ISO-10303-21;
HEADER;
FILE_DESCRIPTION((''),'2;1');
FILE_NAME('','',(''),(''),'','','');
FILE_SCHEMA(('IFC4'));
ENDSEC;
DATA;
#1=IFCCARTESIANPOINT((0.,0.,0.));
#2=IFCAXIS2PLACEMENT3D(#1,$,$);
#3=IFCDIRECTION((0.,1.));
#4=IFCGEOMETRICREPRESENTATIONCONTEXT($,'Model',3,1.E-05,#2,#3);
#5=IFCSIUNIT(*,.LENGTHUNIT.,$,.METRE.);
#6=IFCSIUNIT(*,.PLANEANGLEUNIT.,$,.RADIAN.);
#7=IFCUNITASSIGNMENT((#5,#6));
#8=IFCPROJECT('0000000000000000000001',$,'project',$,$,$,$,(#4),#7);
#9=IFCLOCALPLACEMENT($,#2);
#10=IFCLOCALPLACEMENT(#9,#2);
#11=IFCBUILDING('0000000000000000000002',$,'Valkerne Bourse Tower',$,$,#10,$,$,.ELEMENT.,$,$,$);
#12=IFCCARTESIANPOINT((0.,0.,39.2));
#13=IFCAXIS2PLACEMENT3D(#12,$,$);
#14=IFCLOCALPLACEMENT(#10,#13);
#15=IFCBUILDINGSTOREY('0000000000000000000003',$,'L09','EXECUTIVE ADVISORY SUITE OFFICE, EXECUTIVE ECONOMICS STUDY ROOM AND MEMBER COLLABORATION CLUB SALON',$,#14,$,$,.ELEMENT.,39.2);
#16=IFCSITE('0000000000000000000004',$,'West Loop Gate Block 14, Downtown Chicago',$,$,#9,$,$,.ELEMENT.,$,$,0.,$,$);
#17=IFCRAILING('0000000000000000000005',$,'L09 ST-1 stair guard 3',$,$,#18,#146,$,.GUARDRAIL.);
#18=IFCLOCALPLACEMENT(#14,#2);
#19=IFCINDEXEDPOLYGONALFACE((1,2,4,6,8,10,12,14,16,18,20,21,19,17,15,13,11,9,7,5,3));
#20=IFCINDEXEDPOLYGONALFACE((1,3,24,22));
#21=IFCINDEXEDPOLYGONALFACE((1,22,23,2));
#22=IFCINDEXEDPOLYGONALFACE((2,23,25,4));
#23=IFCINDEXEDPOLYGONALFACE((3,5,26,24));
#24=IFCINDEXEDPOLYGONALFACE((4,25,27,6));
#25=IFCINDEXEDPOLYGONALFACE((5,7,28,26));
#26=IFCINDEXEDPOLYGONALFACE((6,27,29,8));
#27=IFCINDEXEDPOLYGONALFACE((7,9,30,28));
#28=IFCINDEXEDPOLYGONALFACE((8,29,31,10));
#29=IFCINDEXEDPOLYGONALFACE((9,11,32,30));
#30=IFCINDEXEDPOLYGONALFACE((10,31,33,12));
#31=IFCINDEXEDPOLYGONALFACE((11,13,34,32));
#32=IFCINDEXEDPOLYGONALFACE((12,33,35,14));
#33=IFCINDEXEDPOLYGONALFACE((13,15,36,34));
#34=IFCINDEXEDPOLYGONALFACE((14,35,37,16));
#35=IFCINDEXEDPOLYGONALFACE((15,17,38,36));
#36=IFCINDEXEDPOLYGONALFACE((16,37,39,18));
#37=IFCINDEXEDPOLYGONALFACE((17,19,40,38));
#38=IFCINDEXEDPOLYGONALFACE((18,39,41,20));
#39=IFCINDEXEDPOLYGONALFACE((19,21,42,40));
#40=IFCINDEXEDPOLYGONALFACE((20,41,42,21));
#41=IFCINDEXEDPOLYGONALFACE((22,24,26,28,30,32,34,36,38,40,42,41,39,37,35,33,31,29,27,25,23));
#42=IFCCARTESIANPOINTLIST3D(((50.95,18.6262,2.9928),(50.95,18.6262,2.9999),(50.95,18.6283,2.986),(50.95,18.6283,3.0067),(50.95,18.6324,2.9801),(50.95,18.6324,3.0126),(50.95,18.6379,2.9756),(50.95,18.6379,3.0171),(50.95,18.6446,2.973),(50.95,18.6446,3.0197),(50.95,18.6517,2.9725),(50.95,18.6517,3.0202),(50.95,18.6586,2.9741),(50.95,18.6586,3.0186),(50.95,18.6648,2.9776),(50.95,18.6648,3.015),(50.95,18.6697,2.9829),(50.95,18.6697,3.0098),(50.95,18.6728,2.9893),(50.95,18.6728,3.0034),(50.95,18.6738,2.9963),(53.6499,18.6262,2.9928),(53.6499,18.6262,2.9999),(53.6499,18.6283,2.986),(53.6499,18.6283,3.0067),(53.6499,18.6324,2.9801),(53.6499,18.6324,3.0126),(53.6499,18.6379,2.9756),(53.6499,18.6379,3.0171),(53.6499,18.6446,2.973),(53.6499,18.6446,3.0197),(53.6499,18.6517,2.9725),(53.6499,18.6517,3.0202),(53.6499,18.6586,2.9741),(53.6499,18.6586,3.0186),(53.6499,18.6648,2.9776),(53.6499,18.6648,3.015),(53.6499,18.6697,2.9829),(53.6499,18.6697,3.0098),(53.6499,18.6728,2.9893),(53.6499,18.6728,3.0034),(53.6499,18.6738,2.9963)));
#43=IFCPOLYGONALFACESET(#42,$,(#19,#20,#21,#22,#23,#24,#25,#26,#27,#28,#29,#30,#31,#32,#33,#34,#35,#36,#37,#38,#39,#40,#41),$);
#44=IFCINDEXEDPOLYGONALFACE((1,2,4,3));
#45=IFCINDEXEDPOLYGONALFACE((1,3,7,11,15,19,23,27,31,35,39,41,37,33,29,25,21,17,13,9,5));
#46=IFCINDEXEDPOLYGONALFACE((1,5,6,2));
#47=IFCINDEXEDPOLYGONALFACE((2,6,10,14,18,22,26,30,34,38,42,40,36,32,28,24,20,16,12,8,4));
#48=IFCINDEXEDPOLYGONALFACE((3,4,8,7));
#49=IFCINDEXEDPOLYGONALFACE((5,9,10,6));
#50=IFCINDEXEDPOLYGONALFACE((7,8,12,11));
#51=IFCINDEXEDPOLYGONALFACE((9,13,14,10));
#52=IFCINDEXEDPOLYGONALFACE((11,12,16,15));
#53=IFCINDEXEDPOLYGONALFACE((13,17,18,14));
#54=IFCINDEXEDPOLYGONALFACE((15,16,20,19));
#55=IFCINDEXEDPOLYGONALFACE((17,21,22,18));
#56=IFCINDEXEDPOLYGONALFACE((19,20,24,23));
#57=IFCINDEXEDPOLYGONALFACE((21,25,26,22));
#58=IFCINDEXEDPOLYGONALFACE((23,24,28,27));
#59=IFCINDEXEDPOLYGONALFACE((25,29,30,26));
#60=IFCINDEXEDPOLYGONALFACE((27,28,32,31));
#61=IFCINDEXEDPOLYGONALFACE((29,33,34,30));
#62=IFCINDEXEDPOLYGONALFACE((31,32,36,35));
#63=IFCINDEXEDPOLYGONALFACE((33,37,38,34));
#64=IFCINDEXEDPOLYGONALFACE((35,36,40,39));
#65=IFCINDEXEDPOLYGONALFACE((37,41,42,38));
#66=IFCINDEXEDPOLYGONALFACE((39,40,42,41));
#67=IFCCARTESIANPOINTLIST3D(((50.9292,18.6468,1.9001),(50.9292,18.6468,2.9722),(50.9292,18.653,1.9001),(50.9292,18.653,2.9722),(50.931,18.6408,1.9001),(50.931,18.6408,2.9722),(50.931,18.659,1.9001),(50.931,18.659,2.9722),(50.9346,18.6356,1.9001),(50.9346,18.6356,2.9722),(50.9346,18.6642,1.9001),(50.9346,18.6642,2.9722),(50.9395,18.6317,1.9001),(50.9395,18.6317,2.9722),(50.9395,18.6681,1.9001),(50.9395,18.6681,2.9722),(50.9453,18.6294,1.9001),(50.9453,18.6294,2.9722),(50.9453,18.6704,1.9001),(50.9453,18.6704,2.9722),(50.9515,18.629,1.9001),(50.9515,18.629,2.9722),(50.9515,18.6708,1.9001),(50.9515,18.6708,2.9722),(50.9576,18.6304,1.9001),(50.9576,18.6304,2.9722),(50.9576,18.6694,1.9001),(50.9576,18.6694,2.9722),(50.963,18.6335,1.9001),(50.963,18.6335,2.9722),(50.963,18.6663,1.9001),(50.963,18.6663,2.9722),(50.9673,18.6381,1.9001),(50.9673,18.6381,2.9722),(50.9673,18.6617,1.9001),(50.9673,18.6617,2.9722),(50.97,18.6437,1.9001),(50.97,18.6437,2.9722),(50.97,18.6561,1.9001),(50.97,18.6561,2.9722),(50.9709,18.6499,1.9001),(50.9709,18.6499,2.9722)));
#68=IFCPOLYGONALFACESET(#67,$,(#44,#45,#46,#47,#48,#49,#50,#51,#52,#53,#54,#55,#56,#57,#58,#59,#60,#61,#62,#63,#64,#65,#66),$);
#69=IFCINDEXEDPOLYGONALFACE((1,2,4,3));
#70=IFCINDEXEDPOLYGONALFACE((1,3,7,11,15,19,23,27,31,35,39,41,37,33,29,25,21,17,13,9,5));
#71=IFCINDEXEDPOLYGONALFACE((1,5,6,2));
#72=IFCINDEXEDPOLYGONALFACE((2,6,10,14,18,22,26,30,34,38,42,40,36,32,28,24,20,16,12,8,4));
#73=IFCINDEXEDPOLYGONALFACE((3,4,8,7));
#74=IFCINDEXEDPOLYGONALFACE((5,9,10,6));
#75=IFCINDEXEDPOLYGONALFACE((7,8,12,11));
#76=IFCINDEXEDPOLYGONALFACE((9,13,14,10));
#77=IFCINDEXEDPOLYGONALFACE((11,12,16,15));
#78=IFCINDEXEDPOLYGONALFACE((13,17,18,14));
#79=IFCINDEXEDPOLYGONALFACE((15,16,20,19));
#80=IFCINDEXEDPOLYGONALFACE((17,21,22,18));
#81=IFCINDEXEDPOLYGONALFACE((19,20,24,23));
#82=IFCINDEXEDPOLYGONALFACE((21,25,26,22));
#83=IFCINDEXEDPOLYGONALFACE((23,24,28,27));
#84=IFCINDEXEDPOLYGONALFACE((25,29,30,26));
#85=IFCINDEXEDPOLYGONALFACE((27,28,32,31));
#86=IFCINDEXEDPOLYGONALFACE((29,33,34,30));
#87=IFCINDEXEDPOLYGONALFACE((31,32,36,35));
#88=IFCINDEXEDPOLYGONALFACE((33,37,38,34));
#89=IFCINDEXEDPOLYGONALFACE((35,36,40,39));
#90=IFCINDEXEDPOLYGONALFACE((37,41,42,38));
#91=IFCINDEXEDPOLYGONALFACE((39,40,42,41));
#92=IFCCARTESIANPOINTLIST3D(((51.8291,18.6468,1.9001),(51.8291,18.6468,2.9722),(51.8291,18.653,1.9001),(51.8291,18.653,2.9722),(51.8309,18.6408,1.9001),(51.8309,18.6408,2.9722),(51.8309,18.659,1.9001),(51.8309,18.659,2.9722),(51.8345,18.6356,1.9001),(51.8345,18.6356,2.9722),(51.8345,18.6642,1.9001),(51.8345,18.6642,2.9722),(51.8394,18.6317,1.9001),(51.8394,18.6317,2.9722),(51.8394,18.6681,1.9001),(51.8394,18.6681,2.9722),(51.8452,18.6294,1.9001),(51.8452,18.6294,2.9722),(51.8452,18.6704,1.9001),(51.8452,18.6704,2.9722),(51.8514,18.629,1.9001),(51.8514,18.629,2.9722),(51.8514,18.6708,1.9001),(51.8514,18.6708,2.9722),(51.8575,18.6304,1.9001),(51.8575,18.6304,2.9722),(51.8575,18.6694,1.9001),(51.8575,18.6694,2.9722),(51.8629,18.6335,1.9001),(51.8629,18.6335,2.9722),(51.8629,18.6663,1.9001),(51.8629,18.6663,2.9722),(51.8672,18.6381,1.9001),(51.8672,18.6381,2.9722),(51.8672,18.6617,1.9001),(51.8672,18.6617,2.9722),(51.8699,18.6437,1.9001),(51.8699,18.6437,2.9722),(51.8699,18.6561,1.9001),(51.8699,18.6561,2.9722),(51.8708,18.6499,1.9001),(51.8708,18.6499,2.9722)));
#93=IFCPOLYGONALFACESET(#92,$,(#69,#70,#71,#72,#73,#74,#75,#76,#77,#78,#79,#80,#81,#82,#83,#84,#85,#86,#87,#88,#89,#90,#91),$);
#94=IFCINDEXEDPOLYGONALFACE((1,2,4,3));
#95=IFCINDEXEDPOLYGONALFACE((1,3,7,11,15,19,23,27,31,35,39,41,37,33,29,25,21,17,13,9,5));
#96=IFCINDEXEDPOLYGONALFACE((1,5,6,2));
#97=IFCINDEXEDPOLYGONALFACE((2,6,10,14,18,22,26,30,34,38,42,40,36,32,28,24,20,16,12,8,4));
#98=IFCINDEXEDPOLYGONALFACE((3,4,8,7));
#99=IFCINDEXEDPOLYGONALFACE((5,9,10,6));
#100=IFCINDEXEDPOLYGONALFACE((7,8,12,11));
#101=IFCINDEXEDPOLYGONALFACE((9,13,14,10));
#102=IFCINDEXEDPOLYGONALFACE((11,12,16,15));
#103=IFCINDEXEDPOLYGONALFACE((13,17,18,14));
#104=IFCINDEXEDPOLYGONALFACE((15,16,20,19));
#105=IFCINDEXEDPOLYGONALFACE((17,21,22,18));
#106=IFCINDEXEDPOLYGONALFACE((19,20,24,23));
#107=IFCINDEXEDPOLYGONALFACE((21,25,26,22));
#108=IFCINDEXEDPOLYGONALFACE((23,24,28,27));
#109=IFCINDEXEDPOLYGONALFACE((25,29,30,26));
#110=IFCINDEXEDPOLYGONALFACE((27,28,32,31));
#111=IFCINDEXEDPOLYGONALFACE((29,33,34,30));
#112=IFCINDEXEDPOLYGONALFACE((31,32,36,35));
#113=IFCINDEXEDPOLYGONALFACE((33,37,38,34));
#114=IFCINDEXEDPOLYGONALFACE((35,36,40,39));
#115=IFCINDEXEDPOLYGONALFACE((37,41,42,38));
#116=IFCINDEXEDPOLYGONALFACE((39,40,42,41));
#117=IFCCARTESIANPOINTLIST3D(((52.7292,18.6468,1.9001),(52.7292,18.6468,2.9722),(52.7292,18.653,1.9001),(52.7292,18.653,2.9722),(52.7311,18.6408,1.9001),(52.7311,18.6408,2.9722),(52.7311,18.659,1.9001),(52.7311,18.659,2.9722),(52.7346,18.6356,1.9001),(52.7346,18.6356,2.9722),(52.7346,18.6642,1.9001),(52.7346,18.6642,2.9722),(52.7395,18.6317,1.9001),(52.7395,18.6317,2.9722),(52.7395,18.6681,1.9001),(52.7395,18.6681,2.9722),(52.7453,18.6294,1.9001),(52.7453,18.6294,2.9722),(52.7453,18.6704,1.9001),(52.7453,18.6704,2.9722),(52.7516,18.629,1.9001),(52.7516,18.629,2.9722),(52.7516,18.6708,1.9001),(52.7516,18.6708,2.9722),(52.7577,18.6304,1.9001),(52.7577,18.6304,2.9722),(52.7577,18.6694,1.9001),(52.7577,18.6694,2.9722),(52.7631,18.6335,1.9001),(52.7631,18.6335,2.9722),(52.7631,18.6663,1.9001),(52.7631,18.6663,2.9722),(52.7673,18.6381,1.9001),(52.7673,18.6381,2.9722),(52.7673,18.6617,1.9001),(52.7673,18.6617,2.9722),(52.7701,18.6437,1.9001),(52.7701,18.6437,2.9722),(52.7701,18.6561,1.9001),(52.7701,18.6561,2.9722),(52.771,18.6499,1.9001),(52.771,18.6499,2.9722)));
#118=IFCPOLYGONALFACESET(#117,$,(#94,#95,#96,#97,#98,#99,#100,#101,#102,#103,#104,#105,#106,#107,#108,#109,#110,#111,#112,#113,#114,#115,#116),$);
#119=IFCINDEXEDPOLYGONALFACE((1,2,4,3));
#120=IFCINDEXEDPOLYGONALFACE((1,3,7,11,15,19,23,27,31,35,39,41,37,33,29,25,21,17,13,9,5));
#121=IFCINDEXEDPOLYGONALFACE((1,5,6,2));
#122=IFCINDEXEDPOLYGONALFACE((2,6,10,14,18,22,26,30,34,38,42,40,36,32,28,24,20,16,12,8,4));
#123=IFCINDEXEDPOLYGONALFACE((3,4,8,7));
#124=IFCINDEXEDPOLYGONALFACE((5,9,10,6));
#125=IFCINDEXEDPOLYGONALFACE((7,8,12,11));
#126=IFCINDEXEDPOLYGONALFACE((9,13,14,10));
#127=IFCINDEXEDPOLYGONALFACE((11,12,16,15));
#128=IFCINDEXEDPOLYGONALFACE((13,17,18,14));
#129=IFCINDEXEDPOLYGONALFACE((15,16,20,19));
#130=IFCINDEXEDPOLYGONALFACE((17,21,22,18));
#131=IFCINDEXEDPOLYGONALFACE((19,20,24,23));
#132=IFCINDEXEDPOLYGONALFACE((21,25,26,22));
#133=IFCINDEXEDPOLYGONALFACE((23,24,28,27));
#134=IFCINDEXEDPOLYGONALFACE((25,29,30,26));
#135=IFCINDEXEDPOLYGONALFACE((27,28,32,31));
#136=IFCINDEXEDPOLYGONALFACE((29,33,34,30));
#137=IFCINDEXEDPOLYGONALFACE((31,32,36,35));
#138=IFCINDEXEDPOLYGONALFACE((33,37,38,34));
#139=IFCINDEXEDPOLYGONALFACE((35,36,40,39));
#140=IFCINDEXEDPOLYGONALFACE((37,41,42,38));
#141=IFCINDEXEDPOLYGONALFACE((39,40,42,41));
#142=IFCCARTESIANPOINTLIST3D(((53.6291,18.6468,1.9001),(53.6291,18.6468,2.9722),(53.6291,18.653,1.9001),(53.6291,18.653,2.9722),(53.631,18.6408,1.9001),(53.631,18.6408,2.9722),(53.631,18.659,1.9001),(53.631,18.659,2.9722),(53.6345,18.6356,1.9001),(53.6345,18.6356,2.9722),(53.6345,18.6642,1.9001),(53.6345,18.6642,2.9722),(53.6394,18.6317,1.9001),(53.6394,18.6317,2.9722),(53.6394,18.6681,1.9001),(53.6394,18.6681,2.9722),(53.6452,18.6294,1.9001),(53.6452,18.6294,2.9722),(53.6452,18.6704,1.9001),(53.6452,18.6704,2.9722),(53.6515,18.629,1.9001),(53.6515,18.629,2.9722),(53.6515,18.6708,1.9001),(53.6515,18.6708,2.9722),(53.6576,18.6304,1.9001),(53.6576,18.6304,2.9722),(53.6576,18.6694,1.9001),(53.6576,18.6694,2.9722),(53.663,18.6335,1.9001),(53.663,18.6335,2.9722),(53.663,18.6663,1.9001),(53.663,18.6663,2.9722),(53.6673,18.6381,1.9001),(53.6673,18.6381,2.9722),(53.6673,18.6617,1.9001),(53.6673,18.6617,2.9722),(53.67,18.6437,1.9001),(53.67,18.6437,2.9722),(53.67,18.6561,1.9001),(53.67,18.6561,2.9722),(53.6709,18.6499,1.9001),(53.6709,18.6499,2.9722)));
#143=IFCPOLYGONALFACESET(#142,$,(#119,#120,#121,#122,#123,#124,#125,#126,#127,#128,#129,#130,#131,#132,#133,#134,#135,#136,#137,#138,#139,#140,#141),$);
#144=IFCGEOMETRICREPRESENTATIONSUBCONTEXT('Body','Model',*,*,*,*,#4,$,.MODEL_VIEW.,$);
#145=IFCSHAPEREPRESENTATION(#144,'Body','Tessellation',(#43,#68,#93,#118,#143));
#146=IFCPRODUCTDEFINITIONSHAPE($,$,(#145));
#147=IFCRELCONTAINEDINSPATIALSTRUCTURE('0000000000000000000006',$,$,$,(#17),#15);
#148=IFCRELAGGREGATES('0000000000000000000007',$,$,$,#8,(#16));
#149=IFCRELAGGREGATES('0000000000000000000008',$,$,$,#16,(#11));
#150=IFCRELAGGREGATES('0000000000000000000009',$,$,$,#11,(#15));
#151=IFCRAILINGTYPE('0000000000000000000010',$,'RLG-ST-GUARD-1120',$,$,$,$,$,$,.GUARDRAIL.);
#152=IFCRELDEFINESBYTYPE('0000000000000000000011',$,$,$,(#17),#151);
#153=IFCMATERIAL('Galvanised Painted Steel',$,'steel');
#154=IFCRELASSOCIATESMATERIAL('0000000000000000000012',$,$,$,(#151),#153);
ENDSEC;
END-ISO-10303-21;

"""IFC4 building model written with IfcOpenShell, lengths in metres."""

from ifc_helpers import new_model, si_unit, direction, frame, origin, origin_2d, place, context, subcontext, project, spatial, circle, extrude, material, type_object, element, save


model = new_model("IFC4")

# Units and contexts
model_context = context("Model", 3, precision=1e-05, world=origin(), true_north=direction((0.0, 1.0)))
body_context = subcontext(model_context, "Body", "Model", "MODEL_VIEW")
ifc_project = project(units=[si_unit("LENGTHUNIT", "METRE"), si_unit("PLANEANGLEUNIT", "RADIAN")], contexts=[model_context])

# Site, building, storey
site_placement = place(None, origin())
site = spatial("IfcSite", under=ifc_project, at=site_placement, Name="West Loop Gate Block 14, Downtown Chicago", CompositionType="ELEMENT", RefElevation=0.0)
building_placement = place(site_placement, origin())
building = spatial("IfcBuilding", under=site, at=building_placement, Name="Valkerne Bourse Tower", CompositionType="ELEMENT")
storey_placement = place(building_placement, frame((0.0, 0.0, 39.2)))
storey = spatial("IfcBuildingStorey", under=building, at=storey_placement, Name="L09", Description="EXECUTIVE ADVISORY SUITE OFFICE, EXECUTIVE ECONOMICS STUDY ROOM AND MEMBER COLLABORATION CLUB SALON", CompositionType="ELEMENT", Elevation=39.2)

# Shared definitions
ifc_material_1 = material(Name="Galvanised Painted Steel", Category="steel")

# Railing
railing_type_1 = type_object("IfcRailingType", Name="RLG-ST-GUARD-1120", PredefinedType="GUARDRAIL", material=ifc_material_1)
for number, where, name in (
    (1, (50.95, 18.6499, 1.9001), "L09 ST-1 stair guard 3"),
):
    element("IfcRailing", number, at=place(storey_placement, frame(where)), inside=storey, type_object=railing_type_1, Name=name, PredefinedType="GUARDRAIL", context=body_context, shape_type="SweptSolid", body=[
        extrude(circle(Radius=0.0239, at=origin_2d()), frame((0.0, 0.0, 1.0962), z_axis=(1.0, 0.0, 0.0), x_axis=(0.0, 1.0, 0.0)), (0.0, 0.0, 1.0), 2.7),
        extrude(circle(Radius=0.021, at=origin_2d()), origin(), (0.0, 0.0, 1.0), 1.072),
        extrude(circle(Radius=0.021, at=origin_2d()), frame((0.8999, 0.0, 0.0)), (0.0, 0.0, 1.0), 1.072),
        extrude(circle(Radius=0.021, at=origin_2d()), frame((1.8, 0.0, 0.0)), (0.0, 0.0, 1.0), 1.072),
        extrude(circle(Radius=0.021, at=origin_2d()), frame((2.7, 0.0, 0.0)), (0.0, 0.0, 1.0), 1.072),
    ])

save(model, "model.ifc")
